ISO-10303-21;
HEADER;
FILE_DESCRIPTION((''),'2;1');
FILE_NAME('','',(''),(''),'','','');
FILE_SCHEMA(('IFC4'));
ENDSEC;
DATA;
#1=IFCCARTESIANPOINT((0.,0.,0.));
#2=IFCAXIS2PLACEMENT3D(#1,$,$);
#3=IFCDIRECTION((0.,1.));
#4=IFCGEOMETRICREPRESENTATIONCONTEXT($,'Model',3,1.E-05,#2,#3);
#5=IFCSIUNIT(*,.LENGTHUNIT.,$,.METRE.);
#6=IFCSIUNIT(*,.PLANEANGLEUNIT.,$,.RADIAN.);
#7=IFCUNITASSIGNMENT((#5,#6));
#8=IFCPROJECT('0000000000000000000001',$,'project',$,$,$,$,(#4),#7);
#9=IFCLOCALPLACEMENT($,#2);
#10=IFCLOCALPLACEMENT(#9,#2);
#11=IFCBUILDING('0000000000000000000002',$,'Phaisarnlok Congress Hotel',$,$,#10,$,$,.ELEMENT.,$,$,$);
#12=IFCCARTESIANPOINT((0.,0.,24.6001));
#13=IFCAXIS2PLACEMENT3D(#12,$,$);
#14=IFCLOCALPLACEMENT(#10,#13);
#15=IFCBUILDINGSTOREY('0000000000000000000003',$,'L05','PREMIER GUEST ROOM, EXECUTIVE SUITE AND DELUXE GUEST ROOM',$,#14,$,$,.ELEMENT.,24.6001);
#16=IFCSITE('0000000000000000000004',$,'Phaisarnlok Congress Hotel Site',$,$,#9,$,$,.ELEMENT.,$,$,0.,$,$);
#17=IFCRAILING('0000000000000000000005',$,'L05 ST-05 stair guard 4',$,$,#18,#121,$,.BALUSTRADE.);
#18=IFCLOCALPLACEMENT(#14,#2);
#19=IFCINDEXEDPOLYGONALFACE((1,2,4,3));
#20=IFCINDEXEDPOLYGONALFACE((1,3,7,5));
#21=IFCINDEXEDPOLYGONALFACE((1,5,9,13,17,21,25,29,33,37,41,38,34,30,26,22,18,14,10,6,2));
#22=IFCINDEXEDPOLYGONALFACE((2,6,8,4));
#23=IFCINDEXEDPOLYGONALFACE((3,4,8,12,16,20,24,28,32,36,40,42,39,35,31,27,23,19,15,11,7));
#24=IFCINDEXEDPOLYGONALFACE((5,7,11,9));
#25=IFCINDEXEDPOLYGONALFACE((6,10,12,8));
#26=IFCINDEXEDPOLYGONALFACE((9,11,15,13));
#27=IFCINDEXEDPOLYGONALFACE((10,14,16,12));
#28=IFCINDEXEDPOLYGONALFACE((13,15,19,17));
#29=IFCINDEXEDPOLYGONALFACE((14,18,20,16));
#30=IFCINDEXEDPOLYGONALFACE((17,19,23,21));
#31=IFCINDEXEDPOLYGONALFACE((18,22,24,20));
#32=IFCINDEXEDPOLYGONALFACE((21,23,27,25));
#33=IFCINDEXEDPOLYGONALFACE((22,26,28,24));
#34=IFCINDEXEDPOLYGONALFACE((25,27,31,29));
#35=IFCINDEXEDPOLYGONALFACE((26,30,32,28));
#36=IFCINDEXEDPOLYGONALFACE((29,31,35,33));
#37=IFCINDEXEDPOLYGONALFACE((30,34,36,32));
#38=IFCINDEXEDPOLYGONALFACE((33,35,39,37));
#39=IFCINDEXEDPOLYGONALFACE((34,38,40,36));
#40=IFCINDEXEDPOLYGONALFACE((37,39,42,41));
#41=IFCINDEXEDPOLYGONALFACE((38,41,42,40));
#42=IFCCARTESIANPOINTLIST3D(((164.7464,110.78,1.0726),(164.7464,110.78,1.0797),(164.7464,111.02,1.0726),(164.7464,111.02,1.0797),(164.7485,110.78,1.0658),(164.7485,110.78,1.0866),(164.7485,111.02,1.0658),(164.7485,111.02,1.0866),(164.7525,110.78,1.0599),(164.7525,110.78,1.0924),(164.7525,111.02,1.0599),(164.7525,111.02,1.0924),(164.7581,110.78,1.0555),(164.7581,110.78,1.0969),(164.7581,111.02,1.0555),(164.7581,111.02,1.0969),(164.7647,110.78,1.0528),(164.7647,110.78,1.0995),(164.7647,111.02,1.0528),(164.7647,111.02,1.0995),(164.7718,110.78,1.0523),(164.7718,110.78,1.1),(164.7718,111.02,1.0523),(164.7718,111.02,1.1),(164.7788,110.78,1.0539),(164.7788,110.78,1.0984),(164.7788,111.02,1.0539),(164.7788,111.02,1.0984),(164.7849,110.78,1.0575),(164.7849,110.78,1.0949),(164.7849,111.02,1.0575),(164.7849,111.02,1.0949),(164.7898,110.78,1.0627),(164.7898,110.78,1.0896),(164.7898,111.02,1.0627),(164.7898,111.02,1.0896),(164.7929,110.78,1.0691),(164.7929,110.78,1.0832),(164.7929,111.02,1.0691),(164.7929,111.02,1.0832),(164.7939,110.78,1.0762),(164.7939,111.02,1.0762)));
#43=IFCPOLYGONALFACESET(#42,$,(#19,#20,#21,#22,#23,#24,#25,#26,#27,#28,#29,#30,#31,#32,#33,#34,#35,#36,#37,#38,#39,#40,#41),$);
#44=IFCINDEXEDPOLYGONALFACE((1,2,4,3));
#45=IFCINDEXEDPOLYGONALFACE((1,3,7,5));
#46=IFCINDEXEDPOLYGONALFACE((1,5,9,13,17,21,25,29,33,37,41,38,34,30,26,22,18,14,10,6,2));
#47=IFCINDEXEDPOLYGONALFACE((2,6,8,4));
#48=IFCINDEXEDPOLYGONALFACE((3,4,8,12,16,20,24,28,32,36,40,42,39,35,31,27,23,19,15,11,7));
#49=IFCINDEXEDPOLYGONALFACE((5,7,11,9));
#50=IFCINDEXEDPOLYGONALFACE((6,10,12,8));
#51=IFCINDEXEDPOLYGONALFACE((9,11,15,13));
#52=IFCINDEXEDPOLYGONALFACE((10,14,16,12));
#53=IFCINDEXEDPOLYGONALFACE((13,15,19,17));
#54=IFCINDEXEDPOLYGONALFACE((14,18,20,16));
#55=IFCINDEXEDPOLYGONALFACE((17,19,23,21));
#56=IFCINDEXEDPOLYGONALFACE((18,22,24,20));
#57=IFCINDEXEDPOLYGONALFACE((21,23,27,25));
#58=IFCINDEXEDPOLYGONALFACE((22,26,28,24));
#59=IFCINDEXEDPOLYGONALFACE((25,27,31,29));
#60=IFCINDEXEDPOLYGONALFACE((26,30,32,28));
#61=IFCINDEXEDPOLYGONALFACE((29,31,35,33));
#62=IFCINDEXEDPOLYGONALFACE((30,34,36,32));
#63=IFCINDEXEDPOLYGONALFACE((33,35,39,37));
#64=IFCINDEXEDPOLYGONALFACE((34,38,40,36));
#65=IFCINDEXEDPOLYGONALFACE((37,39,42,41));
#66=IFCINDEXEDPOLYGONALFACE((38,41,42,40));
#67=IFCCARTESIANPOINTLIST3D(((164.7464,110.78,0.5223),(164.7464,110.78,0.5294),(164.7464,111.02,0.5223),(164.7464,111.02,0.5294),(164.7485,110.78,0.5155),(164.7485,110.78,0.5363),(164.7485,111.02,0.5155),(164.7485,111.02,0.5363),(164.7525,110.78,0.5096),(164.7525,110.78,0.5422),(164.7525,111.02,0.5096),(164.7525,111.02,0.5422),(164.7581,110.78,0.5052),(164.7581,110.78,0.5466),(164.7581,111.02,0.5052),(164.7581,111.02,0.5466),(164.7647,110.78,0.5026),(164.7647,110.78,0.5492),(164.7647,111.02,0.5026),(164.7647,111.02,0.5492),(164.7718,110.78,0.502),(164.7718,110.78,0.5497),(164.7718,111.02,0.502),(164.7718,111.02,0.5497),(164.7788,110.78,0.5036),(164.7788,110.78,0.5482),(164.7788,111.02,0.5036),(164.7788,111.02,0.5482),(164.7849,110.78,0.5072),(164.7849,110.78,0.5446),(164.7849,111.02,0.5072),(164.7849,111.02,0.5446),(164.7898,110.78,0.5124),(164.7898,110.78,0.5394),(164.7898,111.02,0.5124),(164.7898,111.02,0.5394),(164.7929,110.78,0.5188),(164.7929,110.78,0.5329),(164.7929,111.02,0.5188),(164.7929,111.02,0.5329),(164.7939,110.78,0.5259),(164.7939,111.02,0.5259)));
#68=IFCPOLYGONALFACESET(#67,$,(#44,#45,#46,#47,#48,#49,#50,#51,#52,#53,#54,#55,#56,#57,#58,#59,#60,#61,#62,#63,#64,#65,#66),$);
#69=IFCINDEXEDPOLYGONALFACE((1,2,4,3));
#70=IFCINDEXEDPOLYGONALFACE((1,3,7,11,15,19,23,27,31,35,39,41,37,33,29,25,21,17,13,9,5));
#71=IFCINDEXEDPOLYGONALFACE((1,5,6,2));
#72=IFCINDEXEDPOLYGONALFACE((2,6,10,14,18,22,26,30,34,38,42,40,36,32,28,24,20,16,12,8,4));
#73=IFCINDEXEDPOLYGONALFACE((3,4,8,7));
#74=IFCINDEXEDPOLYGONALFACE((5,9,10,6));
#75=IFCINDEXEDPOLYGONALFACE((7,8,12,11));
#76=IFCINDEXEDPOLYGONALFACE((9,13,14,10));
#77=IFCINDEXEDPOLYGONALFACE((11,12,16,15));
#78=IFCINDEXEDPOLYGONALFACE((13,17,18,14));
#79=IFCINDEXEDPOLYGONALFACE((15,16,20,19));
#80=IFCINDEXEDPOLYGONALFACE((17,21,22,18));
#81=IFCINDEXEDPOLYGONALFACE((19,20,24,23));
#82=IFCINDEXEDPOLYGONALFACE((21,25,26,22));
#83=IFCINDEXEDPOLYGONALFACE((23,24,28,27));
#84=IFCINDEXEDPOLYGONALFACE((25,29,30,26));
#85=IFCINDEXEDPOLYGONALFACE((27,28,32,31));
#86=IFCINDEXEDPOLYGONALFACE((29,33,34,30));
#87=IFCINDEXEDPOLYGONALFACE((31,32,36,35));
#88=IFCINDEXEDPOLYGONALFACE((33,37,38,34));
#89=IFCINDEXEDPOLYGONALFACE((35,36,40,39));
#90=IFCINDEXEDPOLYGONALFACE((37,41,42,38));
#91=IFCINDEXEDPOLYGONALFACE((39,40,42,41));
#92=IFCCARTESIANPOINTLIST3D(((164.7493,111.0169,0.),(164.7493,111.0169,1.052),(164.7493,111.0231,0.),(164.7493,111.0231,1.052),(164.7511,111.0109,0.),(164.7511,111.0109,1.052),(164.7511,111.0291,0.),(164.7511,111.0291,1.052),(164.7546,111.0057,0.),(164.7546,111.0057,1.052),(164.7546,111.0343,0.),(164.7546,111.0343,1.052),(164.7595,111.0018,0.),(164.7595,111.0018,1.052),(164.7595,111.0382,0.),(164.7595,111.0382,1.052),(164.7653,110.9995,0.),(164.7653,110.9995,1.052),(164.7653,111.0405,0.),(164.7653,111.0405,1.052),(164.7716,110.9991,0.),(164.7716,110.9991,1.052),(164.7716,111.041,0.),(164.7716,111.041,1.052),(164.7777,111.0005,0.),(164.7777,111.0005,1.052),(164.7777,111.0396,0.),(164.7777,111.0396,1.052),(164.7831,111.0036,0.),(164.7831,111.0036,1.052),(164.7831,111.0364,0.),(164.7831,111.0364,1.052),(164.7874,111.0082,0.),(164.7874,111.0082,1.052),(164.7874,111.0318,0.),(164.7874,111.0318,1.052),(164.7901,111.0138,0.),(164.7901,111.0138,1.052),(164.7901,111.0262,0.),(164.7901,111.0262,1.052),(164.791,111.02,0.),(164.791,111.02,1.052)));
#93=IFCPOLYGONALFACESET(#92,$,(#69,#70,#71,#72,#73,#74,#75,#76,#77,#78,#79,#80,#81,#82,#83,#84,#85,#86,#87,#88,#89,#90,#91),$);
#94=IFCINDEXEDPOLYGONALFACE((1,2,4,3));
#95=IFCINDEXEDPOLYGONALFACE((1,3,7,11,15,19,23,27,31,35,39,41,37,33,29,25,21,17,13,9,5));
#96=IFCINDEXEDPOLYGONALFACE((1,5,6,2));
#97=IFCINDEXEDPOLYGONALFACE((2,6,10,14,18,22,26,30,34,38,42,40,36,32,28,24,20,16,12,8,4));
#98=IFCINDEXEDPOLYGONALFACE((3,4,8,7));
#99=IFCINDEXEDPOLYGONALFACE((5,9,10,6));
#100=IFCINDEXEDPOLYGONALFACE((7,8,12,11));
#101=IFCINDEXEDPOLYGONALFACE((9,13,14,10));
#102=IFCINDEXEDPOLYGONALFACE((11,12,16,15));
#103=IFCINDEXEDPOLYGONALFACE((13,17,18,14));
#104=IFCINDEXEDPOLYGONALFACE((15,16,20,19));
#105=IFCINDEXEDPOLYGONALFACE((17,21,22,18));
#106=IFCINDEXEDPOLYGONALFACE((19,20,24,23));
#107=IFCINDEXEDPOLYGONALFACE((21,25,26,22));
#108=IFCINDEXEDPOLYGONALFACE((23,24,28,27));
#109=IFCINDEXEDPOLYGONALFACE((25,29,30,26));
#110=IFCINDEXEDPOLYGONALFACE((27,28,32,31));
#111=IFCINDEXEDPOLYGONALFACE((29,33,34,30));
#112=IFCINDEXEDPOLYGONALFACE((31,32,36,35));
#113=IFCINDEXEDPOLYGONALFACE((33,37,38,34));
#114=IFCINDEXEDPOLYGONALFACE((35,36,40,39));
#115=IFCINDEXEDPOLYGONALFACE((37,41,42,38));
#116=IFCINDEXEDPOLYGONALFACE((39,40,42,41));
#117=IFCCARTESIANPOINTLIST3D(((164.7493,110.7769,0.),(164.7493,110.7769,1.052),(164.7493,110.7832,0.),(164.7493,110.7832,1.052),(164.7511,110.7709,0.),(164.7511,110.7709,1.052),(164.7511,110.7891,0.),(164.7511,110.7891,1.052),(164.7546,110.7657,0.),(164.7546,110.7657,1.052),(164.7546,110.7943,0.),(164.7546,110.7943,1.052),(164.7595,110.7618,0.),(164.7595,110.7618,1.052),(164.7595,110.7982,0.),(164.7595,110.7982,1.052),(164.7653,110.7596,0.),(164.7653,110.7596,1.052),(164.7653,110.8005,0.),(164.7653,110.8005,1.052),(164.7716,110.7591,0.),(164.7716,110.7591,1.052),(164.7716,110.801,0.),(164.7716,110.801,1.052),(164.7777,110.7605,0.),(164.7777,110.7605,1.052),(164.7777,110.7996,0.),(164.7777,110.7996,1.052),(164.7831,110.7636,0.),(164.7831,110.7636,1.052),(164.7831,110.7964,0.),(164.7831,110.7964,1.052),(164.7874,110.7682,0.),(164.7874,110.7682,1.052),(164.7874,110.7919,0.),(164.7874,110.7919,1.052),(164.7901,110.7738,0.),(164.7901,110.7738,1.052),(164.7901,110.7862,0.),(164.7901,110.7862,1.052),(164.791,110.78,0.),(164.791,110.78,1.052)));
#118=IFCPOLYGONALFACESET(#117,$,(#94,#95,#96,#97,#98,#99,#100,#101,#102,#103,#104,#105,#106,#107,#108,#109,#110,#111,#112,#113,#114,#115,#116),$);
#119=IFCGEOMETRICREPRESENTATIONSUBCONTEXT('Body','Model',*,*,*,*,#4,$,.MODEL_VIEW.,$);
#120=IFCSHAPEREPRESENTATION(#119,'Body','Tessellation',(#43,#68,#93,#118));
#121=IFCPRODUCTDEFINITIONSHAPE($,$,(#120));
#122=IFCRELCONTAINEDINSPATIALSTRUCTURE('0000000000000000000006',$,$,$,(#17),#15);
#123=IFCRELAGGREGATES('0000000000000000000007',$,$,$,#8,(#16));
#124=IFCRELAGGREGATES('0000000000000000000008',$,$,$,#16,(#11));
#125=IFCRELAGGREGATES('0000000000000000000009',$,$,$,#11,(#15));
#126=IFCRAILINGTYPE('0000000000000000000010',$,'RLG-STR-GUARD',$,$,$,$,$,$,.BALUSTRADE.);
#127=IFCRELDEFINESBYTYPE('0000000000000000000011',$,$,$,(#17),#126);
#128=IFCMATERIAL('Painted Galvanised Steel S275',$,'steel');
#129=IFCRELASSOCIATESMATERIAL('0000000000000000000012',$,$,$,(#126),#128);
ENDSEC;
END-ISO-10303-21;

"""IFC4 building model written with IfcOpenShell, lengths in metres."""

from ifc_helpers import new_model, si_unit, direction, frame, origin, origin_2d, place, context, subcontext, project, spatial, circle, extrude, material, type_object, element, save


model = new_model("IFC4")

# Units and contexts
model_context = context("Model", 3, precision=1e-05, world=origin(), true_north=direction((0.0, 1.0)))
body_context = subcontext(model_context, "Body", "Model", "MODEL_VIEW")
ifc_project = project(units=[si_unit("LENGTHUNIT", "METRE"), si_unit("PLANEANGLEUNIT", "RADIAN")], contexts=[model_context])

# Site, building, storey
site_placement = place(None, origin())
site = spatial("IfcSite", under=ifc_project, at=site_placement, Name="Phaisarnlok Congress Hotel Site", CompositionType="ELEMENT", RefElevation=0.0)
building_placement = place(site_placement, origin())
building = spatial("IfcBuilding", under=site, at=building_placement, Name="Phaisarnlok Congress Hotel", CompositionType="ELEMENT")
storey_placement = place(building_placement, frame((0.0, 0.0, 24.6001)))
storey = spatial("IfcBuildingStorey", under=building, at=storey_placement, Name="L05", Description="PREMIER GUEST ROOM, EXECUTIVE SUITE AND DELUXE GUEST ROOM", CompositionType="ELEMENT", Elevation=24.6001)

# Railing
ifc_material_1 = material(Name="Painted Galvanised Steel S275", Category="steel")
railing_type_1 = type_object("IfcRailingType", Name="RLG-STR-GUARD", PredefinedType="BALUSTRADE", material=ifc_material_1)
railing_1_placement = place(storey_placement, frame((164.77, 111.02, 0.0)))
element("IfcRailing", 1, at=railing_1_placement, inside=storey, type_object=railing_type_1, Name="L05 ST-05 stair guard 4", PredefinedType="BALUSTRADE", context=body_context, shape_type="SweptSolid", body=[
    extrude(circle(Radius=0.0239, at=origin_2d()), frame((0.0, 0.0, 1.0762), z_axis=(0.0, -1.0, 0.0), x_axis=(1.0, 0.0, 0.0)), (0.0, 0.0, 1.0), 0.24),
    extrude(circle(Radius=0.0239, at=origin_2d()), frame((0.0, 0.0, 0.5259), z_axis=(0.0, -1.0, 0.0), x_axis=(1.0, 0.0, 0.0)), (0.0, 0.0, 1.0), 0.24),
    extrude(circle(Radius=0.021, at=origin_2d()), origin(), (0.0, 0.0, 1.0), 1.052),
    extrude(circle(Radius=0.021, at=origin_2d()), frame((0.0, -0.24, 0.0)), (0.0, 0.0, 1.0), 1.052),
])

save(model, "model.ifc")
